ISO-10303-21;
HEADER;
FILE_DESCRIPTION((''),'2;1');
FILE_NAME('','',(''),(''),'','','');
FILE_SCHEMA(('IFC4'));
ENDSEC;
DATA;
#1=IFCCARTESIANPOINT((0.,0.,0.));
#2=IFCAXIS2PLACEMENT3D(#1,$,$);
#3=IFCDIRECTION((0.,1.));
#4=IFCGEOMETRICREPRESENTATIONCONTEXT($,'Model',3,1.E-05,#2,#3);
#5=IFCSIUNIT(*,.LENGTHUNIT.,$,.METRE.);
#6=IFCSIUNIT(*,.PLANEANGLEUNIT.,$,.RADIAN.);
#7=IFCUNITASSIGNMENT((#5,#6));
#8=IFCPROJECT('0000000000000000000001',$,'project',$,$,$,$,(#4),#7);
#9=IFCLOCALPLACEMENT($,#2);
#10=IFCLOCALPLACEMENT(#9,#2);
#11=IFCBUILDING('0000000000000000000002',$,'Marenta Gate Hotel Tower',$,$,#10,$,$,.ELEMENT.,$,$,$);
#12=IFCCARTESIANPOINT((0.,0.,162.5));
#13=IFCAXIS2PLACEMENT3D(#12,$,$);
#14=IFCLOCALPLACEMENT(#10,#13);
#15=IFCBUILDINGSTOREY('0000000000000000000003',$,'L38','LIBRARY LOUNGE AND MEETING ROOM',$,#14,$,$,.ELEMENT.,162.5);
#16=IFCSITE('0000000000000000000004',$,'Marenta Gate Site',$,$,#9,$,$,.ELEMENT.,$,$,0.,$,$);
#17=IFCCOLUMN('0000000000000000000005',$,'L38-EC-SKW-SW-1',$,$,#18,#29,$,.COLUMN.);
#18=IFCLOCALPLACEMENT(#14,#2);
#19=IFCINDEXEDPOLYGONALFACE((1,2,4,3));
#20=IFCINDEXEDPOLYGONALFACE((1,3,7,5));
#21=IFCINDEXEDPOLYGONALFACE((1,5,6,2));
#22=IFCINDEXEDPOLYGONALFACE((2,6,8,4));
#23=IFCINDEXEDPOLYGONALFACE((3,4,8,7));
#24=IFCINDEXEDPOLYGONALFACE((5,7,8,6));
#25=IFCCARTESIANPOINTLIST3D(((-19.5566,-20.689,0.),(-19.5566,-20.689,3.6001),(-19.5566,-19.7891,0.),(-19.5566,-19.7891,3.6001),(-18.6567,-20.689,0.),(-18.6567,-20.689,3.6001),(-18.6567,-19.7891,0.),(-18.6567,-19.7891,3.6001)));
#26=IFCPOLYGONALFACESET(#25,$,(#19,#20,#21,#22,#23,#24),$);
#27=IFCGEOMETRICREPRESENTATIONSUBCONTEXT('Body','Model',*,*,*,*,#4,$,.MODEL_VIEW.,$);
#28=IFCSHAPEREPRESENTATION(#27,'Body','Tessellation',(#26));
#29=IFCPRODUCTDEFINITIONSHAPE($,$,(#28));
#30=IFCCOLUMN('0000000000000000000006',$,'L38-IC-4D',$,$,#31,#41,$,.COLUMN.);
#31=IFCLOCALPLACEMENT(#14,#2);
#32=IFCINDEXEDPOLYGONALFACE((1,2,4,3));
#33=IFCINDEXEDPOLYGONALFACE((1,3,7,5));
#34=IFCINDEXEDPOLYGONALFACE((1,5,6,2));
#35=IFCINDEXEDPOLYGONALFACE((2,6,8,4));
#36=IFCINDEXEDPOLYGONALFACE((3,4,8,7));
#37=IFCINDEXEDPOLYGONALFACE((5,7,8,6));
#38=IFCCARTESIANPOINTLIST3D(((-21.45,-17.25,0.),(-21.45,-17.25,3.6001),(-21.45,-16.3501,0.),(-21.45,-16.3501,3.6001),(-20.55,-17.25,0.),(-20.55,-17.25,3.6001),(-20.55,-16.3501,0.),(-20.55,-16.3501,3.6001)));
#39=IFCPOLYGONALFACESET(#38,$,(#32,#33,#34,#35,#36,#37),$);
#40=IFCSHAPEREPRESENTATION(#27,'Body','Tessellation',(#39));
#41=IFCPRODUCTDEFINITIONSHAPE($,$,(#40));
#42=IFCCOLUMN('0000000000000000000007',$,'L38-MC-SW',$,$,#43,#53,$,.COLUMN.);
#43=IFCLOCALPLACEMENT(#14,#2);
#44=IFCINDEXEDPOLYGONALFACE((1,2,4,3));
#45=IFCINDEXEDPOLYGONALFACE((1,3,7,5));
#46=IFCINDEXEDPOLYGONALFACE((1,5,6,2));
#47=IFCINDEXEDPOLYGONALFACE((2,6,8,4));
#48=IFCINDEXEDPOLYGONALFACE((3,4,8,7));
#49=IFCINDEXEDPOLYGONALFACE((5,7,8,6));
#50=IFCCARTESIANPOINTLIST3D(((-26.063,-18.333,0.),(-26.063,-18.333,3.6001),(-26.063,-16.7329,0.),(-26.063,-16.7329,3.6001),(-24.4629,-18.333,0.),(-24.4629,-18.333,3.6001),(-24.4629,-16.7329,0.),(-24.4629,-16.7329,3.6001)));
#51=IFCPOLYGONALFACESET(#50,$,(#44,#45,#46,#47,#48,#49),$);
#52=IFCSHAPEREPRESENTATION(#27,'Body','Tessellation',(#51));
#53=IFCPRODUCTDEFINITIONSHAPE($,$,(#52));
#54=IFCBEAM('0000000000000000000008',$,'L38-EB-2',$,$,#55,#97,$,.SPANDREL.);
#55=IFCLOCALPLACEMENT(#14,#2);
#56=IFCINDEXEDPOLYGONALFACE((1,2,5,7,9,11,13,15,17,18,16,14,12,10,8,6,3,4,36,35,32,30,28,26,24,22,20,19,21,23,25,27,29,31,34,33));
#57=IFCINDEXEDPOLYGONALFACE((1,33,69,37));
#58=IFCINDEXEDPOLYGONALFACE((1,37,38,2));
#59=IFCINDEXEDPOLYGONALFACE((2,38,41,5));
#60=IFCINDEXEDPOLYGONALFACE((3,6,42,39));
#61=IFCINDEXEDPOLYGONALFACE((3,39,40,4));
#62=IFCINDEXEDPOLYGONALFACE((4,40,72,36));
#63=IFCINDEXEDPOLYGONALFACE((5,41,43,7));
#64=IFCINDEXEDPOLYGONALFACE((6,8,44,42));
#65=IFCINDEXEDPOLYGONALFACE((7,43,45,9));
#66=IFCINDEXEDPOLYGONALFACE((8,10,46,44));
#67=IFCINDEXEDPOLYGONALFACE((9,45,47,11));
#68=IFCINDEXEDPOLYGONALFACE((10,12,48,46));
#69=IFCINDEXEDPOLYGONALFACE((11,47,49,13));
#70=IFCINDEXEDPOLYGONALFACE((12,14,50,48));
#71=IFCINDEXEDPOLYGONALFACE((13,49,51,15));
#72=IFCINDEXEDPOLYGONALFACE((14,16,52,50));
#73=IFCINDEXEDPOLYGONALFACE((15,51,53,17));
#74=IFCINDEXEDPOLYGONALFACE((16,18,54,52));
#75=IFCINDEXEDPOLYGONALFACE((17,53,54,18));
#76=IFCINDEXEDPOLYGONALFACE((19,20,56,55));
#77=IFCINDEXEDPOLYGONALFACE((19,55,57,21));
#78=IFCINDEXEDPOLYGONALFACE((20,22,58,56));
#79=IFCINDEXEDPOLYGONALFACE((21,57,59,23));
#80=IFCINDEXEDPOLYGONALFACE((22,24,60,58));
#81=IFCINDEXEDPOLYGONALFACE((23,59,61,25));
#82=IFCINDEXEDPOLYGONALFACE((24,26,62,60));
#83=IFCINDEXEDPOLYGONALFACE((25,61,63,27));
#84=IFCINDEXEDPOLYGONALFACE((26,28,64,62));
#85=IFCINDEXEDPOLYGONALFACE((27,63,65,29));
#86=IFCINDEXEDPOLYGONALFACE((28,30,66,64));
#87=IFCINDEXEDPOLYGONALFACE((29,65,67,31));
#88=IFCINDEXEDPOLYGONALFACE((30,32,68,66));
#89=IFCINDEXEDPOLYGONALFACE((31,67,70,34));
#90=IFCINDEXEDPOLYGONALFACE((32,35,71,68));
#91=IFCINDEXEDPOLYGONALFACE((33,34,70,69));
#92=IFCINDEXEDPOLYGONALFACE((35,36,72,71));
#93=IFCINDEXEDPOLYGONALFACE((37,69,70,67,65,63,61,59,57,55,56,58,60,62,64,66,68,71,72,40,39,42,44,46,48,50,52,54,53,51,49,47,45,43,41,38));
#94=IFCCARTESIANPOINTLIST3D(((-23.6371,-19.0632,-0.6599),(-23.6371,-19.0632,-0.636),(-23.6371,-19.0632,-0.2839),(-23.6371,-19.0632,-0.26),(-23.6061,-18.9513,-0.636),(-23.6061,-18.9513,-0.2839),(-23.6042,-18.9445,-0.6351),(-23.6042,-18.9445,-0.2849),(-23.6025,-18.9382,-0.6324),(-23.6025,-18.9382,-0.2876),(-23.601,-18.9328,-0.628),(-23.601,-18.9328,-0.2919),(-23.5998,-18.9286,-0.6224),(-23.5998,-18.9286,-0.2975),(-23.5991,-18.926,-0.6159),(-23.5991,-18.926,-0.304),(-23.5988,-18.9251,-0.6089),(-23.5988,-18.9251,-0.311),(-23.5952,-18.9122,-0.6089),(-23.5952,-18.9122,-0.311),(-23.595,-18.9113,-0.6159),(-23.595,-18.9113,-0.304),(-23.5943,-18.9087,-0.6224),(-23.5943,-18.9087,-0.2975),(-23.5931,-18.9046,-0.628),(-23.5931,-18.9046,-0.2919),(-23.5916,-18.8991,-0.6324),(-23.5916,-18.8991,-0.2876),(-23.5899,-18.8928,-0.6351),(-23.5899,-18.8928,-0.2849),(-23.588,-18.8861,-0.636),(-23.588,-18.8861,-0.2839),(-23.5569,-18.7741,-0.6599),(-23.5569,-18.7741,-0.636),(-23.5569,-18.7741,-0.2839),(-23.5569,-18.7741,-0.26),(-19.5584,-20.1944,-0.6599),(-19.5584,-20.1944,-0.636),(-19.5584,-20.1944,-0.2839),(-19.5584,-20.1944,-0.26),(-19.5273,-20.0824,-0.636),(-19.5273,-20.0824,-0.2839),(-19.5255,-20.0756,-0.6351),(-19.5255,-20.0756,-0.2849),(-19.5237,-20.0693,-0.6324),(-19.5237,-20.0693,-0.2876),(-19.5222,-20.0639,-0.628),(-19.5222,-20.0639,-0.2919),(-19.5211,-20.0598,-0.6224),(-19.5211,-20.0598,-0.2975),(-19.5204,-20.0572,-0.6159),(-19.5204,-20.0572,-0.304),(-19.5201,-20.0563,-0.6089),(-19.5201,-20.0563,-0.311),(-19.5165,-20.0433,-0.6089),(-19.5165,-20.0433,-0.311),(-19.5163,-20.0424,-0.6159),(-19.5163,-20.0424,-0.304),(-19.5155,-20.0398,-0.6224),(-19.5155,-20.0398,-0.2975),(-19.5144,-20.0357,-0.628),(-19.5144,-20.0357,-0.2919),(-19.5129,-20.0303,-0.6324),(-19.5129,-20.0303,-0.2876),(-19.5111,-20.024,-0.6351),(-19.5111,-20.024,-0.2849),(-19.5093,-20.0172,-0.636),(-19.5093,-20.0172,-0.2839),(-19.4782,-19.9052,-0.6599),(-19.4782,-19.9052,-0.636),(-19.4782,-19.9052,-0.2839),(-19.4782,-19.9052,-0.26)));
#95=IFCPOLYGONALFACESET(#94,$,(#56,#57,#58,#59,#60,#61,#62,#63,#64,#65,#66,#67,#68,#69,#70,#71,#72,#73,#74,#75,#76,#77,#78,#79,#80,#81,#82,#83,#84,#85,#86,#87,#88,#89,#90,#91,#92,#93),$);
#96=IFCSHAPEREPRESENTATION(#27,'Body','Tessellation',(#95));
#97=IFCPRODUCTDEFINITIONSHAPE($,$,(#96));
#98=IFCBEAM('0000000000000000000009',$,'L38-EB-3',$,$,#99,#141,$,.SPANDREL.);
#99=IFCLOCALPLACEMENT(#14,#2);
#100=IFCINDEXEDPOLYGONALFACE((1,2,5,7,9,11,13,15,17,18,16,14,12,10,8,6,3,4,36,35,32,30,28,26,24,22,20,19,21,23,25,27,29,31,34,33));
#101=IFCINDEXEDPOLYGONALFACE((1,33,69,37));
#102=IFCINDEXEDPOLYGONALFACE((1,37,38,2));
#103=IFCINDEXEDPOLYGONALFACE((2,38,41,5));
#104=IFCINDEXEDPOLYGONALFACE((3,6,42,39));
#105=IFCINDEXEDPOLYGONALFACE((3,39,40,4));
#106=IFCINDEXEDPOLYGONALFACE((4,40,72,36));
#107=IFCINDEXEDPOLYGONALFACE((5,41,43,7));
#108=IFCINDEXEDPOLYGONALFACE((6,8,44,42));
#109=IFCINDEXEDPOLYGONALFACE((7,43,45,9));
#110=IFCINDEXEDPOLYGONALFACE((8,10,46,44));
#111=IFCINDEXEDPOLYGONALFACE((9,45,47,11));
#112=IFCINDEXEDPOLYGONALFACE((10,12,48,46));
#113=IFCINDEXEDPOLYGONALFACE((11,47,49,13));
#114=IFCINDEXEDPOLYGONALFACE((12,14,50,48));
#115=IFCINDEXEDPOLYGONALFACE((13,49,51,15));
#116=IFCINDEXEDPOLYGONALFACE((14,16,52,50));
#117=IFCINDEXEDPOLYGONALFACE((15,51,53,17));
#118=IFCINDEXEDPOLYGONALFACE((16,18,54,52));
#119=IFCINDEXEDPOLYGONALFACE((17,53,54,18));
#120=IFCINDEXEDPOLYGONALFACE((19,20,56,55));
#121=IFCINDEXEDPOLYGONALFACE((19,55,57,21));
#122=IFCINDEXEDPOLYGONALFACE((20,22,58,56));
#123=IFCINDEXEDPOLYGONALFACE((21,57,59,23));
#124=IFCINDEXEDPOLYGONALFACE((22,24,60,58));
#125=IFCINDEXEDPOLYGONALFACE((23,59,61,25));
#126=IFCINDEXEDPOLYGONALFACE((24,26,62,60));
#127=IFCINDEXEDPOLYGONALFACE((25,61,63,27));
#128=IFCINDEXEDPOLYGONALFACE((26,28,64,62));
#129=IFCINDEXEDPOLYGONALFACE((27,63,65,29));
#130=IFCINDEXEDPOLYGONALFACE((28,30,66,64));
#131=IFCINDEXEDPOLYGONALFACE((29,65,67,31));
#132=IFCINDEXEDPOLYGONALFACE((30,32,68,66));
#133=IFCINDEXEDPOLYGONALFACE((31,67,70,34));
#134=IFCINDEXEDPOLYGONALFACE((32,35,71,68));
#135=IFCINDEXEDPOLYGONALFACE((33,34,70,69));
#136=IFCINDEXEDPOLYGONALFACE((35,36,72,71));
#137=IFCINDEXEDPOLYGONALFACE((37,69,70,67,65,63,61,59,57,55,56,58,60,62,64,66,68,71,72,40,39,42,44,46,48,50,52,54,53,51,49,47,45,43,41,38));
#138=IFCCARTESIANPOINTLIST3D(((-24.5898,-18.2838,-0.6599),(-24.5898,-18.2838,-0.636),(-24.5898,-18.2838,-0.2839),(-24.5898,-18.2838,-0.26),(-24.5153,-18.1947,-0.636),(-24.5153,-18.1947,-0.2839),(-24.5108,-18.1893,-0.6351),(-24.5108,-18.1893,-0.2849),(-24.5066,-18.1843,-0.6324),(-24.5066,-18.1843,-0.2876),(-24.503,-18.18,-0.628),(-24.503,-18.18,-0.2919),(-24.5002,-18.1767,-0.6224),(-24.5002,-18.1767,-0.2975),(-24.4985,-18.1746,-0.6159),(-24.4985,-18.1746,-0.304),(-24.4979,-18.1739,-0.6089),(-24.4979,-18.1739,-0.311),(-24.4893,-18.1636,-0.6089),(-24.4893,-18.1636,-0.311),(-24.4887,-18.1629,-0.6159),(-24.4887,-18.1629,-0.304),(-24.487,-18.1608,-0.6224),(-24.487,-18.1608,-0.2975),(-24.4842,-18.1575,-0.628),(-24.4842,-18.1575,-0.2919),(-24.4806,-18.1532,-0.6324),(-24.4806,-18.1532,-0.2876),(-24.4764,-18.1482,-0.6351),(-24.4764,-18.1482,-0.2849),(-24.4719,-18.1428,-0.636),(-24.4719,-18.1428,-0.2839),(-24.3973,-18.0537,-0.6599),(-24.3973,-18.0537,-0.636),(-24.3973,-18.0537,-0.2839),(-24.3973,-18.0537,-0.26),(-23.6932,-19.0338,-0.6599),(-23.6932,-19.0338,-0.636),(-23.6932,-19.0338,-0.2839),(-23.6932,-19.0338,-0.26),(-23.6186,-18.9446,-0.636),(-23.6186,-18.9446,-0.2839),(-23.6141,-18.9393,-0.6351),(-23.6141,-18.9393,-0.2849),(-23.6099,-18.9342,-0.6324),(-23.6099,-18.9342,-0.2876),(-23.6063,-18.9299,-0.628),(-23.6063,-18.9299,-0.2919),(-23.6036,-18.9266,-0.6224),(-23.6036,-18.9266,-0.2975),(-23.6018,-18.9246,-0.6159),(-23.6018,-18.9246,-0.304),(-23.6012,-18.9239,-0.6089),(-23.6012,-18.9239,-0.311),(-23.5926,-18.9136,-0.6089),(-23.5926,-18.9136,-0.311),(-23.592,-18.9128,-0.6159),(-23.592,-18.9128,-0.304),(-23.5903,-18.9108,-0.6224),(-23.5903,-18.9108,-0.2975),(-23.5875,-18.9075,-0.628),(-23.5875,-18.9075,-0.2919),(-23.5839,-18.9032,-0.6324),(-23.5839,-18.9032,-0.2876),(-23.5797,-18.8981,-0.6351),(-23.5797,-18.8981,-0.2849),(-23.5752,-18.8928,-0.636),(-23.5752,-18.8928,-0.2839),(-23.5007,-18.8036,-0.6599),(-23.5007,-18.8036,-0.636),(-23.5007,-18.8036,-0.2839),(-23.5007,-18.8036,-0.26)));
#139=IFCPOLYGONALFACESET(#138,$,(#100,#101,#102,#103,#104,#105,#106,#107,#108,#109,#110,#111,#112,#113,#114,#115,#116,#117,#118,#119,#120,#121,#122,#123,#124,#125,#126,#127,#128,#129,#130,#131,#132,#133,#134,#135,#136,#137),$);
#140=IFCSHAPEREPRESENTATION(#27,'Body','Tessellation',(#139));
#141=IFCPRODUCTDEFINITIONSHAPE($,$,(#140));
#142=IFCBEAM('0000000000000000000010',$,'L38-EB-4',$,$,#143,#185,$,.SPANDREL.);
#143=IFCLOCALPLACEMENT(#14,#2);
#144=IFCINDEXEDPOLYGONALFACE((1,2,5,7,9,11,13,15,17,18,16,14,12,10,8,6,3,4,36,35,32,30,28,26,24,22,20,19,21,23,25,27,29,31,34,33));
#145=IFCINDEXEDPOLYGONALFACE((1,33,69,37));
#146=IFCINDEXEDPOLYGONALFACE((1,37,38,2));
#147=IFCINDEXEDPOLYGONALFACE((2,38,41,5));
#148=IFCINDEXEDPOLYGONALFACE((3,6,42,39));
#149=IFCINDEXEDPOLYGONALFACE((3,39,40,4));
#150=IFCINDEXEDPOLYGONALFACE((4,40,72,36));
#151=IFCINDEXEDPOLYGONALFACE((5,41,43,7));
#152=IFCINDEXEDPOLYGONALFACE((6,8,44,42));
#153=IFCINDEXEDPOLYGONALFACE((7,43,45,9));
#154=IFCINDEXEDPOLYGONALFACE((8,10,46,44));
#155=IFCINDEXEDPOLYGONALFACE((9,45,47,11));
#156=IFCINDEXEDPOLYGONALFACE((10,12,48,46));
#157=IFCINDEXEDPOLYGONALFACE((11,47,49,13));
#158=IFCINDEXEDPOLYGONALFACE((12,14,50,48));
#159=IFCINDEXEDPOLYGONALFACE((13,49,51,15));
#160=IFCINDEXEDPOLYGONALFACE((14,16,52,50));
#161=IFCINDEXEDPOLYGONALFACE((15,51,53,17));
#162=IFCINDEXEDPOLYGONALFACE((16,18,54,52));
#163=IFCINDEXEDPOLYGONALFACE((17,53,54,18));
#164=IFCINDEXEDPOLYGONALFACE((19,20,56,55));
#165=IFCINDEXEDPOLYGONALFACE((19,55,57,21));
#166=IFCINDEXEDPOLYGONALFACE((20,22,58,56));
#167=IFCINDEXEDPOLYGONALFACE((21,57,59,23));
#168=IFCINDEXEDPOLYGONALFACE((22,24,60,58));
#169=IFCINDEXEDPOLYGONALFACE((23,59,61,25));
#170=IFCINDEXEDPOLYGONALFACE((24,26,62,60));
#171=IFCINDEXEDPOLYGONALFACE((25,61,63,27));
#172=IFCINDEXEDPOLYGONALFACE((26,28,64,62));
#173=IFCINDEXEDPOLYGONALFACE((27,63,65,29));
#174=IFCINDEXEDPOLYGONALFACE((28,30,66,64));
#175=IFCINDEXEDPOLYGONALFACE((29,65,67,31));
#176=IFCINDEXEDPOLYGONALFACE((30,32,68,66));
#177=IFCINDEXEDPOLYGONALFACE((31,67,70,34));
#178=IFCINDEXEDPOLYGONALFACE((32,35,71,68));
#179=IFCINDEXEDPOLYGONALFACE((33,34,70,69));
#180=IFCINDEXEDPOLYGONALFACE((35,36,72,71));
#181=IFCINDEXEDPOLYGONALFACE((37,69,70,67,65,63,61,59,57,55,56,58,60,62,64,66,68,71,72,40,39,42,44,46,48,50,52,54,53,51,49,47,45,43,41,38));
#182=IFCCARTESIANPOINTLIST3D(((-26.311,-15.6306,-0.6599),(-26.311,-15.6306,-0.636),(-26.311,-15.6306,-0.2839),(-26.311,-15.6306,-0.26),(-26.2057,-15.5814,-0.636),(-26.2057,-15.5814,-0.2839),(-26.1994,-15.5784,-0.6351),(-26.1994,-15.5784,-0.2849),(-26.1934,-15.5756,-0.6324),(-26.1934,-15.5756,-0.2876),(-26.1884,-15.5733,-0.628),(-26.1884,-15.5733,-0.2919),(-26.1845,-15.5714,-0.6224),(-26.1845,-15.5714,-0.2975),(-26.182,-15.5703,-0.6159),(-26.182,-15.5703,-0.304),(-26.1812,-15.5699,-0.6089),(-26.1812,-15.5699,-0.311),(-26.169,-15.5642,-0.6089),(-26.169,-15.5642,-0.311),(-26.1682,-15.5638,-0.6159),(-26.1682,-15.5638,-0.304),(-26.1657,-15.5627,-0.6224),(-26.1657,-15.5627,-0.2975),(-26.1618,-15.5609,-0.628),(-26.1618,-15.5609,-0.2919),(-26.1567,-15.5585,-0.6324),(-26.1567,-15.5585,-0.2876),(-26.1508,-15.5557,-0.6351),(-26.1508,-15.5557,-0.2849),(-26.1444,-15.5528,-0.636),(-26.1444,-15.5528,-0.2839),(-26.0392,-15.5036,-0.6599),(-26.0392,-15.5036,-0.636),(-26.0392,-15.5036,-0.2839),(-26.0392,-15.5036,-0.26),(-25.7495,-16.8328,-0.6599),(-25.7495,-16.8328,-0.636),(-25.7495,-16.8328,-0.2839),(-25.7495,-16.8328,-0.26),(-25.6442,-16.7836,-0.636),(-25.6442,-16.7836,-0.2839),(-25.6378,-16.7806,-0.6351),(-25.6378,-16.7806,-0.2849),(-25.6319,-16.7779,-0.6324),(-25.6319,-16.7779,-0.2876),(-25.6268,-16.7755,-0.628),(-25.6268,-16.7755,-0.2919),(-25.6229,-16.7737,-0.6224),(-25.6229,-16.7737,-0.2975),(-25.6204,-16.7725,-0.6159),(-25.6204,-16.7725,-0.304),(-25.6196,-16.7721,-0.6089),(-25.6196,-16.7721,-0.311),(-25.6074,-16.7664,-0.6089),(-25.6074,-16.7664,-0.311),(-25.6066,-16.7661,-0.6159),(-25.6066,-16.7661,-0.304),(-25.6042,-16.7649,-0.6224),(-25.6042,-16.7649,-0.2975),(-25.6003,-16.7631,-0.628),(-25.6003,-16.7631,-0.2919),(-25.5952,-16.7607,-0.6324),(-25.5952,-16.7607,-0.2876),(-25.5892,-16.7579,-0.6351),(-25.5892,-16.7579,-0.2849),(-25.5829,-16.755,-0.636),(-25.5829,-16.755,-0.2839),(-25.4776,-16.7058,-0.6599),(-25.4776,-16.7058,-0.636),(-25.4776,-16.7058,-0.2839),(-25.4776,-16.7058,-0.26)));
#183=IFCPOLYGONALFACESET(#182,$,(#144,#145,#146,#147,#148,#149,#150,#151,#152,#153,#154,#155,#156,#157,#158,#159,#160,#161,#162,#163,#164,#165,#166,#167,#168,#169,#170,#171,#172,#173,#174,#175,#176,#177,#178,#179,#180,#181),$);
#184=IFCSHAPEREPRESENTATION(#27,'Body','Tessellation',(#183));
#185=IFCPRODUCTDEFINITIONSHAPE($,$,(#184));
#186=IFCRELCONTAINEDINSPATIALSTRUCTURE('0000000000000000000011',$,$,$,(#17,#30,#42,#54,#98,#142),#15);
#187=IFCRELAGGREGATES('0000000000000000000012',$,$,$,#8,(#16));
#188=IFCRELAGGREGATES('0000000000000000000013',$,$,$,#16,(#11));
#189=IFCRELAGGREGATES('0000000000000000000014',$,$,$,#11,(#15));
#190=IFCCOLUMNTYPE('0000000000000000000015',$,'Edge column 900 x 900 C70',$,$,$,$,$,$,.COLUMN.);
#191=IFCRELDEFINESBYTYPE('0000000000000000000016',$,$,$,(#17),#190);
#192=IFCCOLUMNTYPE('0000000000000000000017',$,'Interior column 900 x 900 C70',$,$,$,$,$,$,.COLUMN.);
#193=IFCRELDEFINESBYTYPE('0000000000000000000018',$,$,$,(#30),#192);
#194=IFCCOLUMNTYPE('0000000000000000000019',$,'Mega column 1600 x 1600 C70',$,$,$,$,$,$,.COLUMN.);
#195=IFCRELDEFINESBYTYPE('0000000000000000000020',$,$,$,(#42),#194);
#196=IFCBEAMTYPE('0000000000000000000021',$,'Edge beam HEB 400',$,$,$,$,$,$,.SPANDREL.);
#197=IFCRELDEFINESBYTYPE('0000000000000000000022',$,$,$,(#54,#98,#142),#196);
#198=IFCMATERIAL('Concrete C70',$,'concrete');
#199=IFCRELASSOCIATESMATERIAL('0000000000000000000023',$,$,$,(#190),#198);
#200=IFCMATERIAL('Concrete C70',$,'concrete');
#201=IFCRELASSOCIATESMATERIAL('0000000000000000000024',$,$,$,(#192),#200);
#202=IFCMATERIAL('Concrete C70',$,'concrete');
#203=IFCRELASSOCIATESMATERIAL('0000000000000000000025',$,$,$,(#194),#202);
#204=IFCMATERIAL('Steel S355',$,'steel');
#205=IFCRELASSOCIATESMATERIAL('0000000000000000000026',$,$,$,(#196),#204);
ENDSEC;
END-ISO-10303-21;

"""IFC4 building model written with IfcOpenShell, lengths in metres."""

from ifc_helpers import new_model, si_unit, direction, frame, origin, origin_2d, place, context, subcontext, project, spatial, rectangle, i_section, extrude, material, material_profile, profile_set, type_object, element, save


model = new_model("IFC4")

# Units and contexts
model_context = context("Model", 3, precision=1e-05, world=origin(), true_north=direction((0.0, 1.0)))
body_context = subcontext(model_context, "Body", "Model", "MODEL_VIEW")
ifc_project = project(units=[si_unit("LENGTHUNIT", "METRE"), si_unit("PLANEANGLEUNIT", "RADIAN")], contexts=[model_context])

# Site, building, storey
site_placement = place(None, origin())
site = spatial("IfcSite", under=ifc_project, at=site_placement, Name="Marenta Gate Site", CompositionType="ELEMENT", RefElevation=0.0)
building_placement = place(site_placement, origin())
building = spatial("IfcBuilding", under=site, at=building_placement, Name="Marenta Gate Hotel Tower", CompositionType="ELEMENT")
storey_placement = place(building_placement, frame((0.0, 0.0, 162.5)))
storey = spatial("IfcBuildingStorey", under=building, at=storey_placement, Name="L38", Description="LIBRARY LOUNGE AND MEETING ROOM", CompositionType="ELEMENT", Elevation=162.5)

# Columns
ifc_material_1 = material(Name="Concrete C70", Category="concrete")
ifc_material_profile_1 = material_profile(ifc_material_1, rectangle(XDim=0.8999, YDim=0.8999, at=origin_2d()), Name="900 x 900")
ifc_profile_set_1 = profile_set([ifc_material_profile_1], Name="Concrete C70")
column_type_1 = type_object("IfcColumnType", Name="Edge column 900 x 900 C70", PredefinedType="COLUMN", material=ifc_profile_set_1)
column_1_placement = place(storey_placement, frame((-19.1067, -20.239, 0.0), z_axis=(0.0, 0.0, 1.0), x_axis=(1.0, 0.0, 0.0)))
element("IfcColumn", 1, at=column_1_placement, inside=storey, type_object=column_type_1, Name="L38-EC-SKW-SW-1", PredefinedType="COLUMN", context=body_context, shape_type="SweptSolid", body=[
    extrude(rectangle(XDim=0.8999, YDim=0.8999, at=origin_2d()), origin(), (0.0, 0.0, 1.0), 3.6001),
])
ifc_material_2 = material(Name="Concrete C70", Category="concrete")
ifc_material_profile_2 = material_profile(ifc_material_2, rectangle(XDim=0.8999, YDim=0.8999, at=origin_2d()), Name="900 x 900")
ifc_profile_set_2 = profile_set([ifc_material_profile_2], Name="Concrete C70")
column_type_2 = type_object("IfcColumnType", Name="Interior column 900 x 900 C70", PredefinedType="COLUMN", material=ifc_profile_set_2)
column_2_placement = place(storey_placement, frame((-21.0, -16.8, 0.0), z_axis=(0.0, 0.0, 1.0), x_axis=(1.0, 0.0, 0.0)))
element("IfcColumn", 2, at=column_2_placement, inside=storey, type_object=column_type_2, Name="L38-IC-4D", PredefinedType="COLUMN", context=body_context, shape_type="SweptSolid", body=[
    extrude(rectangle(XDim=0.8999, YDim=0.8999, at=origin_2d()), origin(), (0.0, 0.0, 1.0), 3.6001),
])
ifc_material_3 = material(Name="Concrete C70", Category="concrete")
ifc_material_profile_3 = material_profile(ifc_material_3, rectangle(XDim=1.6001, YDim=1.6001, at=origin_2d()), Name="1600 x 1600")
ifc_profile_set_3 = profile_set([ifc_material_profile_3], Name="Concrete C70")
column_type_3 = type_object("IfcColumnType", Name="Mega column 1600 x 1600 C70", PredefinedType="COLUMN", material=ifc_profile_set_3)
column_3_placement = place(storey_placement, frame((-25.2629, -17.533, 0.0), z_axis=(0.0, 0.0, 1.0), x_axis=(1.0, 0.0, 0.0)))
element("IfcColumn", 3, at=column_3_placement, inside=storey, type_object=column_type_3, Name="L38-MC-SW", PredefinedType="COLUMN", context=body_context, shape_type="SweptSolid", body=[
    extrude(rectangle(XDim=1.6001, YDim=1.6001, at=origin_2d()), origin(), (0.0, 0.0, 1.0), 3.6001),
])

# Beams
ifc_material_4 = material(Name="Steel S355", Category="steel")
ifc_material_profile_4 = material_profile(ifc_material_4, i_section(OverallWidth=0.3, OverallDepth=0.3999, WebThickness=0.0134, FlangeThickness=0.0239, FilletRadius=0.0271, at=origin_2d()), Name="HEB 400")
ifc_profile_set_4 = profile_set([ifc_material_profile_4], Name="Steel S355")
beam_type_1 = type_object("IfcBeamType", Name="Edge beam HEB 400", PredefinedType="SPANDREL", material=ifc_profile_set_4)
beam_1_placement = place(storey_placement, frame((-19.5183, -20.0498, -0.46), z_axis=(-0.96363, 0.267239, 0.0), x_axis=(-0.267239, -0.96363, 0.0)))
element("IfcBeam", 4, at=beam_1_placement, inside=storey, type_object=beam_type_1, Name="L38-EB-2", PredefinedType="SPANDREL", context=body_context, shape_type="SweptSolid", body=[
    extrude(i_section(OverallWidth=0.3, OverallDepth=0.3999, WebThickness=0.0134, FlangeThickness=0.0239, FilletRadius=0.0271, at=origin_2d()), origin(), (0.0, 0.0, 1.0), 4.2327),
])
beam_2_placement = place(storey_placement, frame((-23.5969, -18.9187, -0.46), z_axis=(-0.767073, 0.64156, 0.0), x_axis=(-0.64156, -0.767073, 0.0)))
element("IfcBeam", 5, at=beam_2_placement, inside=storey, type_object=beam_type_1, Name="L38-EB-3", PredefinedType="SPANDREL", context=body_context, shape_type="SweptSolid", body=[
    extrude(i_section(OverallWidth=0.3, OverallDepth=0.3999, WebThickness=0.0134, FlangeThickness=0.0239, FilletRadius=0.0271, at=origin_2d()), origin(), (0.0, 0.0, 1.0), 1.1689),
])
beam_3_placement = place(storey_placement, frame((-25.6135, -16.7693, -0.46), z_axis=(-0.423208, 0.906033, 0.0), x_axis=(-0.906033, -0.423208, 0.0)))
element("IfcBeam", 6, at=beam_3_placement, inside=storey, type_object=beam_type_1, Name="L38-EB-4", PredefinedType="SPANDREL", context=body_context, shape_type="SweptSolid", body=[
    extrude(i_section(OverallWidth=0.3, OverallDepth=0.3999, WebThickness=0.0134, FlangeThickness=0.0239, FilletRadius=0.0271, at=origin_2d()), origin(), (0.0, 0.0, 1.0), 1.3269),
])

save(model, "model.ifc")
